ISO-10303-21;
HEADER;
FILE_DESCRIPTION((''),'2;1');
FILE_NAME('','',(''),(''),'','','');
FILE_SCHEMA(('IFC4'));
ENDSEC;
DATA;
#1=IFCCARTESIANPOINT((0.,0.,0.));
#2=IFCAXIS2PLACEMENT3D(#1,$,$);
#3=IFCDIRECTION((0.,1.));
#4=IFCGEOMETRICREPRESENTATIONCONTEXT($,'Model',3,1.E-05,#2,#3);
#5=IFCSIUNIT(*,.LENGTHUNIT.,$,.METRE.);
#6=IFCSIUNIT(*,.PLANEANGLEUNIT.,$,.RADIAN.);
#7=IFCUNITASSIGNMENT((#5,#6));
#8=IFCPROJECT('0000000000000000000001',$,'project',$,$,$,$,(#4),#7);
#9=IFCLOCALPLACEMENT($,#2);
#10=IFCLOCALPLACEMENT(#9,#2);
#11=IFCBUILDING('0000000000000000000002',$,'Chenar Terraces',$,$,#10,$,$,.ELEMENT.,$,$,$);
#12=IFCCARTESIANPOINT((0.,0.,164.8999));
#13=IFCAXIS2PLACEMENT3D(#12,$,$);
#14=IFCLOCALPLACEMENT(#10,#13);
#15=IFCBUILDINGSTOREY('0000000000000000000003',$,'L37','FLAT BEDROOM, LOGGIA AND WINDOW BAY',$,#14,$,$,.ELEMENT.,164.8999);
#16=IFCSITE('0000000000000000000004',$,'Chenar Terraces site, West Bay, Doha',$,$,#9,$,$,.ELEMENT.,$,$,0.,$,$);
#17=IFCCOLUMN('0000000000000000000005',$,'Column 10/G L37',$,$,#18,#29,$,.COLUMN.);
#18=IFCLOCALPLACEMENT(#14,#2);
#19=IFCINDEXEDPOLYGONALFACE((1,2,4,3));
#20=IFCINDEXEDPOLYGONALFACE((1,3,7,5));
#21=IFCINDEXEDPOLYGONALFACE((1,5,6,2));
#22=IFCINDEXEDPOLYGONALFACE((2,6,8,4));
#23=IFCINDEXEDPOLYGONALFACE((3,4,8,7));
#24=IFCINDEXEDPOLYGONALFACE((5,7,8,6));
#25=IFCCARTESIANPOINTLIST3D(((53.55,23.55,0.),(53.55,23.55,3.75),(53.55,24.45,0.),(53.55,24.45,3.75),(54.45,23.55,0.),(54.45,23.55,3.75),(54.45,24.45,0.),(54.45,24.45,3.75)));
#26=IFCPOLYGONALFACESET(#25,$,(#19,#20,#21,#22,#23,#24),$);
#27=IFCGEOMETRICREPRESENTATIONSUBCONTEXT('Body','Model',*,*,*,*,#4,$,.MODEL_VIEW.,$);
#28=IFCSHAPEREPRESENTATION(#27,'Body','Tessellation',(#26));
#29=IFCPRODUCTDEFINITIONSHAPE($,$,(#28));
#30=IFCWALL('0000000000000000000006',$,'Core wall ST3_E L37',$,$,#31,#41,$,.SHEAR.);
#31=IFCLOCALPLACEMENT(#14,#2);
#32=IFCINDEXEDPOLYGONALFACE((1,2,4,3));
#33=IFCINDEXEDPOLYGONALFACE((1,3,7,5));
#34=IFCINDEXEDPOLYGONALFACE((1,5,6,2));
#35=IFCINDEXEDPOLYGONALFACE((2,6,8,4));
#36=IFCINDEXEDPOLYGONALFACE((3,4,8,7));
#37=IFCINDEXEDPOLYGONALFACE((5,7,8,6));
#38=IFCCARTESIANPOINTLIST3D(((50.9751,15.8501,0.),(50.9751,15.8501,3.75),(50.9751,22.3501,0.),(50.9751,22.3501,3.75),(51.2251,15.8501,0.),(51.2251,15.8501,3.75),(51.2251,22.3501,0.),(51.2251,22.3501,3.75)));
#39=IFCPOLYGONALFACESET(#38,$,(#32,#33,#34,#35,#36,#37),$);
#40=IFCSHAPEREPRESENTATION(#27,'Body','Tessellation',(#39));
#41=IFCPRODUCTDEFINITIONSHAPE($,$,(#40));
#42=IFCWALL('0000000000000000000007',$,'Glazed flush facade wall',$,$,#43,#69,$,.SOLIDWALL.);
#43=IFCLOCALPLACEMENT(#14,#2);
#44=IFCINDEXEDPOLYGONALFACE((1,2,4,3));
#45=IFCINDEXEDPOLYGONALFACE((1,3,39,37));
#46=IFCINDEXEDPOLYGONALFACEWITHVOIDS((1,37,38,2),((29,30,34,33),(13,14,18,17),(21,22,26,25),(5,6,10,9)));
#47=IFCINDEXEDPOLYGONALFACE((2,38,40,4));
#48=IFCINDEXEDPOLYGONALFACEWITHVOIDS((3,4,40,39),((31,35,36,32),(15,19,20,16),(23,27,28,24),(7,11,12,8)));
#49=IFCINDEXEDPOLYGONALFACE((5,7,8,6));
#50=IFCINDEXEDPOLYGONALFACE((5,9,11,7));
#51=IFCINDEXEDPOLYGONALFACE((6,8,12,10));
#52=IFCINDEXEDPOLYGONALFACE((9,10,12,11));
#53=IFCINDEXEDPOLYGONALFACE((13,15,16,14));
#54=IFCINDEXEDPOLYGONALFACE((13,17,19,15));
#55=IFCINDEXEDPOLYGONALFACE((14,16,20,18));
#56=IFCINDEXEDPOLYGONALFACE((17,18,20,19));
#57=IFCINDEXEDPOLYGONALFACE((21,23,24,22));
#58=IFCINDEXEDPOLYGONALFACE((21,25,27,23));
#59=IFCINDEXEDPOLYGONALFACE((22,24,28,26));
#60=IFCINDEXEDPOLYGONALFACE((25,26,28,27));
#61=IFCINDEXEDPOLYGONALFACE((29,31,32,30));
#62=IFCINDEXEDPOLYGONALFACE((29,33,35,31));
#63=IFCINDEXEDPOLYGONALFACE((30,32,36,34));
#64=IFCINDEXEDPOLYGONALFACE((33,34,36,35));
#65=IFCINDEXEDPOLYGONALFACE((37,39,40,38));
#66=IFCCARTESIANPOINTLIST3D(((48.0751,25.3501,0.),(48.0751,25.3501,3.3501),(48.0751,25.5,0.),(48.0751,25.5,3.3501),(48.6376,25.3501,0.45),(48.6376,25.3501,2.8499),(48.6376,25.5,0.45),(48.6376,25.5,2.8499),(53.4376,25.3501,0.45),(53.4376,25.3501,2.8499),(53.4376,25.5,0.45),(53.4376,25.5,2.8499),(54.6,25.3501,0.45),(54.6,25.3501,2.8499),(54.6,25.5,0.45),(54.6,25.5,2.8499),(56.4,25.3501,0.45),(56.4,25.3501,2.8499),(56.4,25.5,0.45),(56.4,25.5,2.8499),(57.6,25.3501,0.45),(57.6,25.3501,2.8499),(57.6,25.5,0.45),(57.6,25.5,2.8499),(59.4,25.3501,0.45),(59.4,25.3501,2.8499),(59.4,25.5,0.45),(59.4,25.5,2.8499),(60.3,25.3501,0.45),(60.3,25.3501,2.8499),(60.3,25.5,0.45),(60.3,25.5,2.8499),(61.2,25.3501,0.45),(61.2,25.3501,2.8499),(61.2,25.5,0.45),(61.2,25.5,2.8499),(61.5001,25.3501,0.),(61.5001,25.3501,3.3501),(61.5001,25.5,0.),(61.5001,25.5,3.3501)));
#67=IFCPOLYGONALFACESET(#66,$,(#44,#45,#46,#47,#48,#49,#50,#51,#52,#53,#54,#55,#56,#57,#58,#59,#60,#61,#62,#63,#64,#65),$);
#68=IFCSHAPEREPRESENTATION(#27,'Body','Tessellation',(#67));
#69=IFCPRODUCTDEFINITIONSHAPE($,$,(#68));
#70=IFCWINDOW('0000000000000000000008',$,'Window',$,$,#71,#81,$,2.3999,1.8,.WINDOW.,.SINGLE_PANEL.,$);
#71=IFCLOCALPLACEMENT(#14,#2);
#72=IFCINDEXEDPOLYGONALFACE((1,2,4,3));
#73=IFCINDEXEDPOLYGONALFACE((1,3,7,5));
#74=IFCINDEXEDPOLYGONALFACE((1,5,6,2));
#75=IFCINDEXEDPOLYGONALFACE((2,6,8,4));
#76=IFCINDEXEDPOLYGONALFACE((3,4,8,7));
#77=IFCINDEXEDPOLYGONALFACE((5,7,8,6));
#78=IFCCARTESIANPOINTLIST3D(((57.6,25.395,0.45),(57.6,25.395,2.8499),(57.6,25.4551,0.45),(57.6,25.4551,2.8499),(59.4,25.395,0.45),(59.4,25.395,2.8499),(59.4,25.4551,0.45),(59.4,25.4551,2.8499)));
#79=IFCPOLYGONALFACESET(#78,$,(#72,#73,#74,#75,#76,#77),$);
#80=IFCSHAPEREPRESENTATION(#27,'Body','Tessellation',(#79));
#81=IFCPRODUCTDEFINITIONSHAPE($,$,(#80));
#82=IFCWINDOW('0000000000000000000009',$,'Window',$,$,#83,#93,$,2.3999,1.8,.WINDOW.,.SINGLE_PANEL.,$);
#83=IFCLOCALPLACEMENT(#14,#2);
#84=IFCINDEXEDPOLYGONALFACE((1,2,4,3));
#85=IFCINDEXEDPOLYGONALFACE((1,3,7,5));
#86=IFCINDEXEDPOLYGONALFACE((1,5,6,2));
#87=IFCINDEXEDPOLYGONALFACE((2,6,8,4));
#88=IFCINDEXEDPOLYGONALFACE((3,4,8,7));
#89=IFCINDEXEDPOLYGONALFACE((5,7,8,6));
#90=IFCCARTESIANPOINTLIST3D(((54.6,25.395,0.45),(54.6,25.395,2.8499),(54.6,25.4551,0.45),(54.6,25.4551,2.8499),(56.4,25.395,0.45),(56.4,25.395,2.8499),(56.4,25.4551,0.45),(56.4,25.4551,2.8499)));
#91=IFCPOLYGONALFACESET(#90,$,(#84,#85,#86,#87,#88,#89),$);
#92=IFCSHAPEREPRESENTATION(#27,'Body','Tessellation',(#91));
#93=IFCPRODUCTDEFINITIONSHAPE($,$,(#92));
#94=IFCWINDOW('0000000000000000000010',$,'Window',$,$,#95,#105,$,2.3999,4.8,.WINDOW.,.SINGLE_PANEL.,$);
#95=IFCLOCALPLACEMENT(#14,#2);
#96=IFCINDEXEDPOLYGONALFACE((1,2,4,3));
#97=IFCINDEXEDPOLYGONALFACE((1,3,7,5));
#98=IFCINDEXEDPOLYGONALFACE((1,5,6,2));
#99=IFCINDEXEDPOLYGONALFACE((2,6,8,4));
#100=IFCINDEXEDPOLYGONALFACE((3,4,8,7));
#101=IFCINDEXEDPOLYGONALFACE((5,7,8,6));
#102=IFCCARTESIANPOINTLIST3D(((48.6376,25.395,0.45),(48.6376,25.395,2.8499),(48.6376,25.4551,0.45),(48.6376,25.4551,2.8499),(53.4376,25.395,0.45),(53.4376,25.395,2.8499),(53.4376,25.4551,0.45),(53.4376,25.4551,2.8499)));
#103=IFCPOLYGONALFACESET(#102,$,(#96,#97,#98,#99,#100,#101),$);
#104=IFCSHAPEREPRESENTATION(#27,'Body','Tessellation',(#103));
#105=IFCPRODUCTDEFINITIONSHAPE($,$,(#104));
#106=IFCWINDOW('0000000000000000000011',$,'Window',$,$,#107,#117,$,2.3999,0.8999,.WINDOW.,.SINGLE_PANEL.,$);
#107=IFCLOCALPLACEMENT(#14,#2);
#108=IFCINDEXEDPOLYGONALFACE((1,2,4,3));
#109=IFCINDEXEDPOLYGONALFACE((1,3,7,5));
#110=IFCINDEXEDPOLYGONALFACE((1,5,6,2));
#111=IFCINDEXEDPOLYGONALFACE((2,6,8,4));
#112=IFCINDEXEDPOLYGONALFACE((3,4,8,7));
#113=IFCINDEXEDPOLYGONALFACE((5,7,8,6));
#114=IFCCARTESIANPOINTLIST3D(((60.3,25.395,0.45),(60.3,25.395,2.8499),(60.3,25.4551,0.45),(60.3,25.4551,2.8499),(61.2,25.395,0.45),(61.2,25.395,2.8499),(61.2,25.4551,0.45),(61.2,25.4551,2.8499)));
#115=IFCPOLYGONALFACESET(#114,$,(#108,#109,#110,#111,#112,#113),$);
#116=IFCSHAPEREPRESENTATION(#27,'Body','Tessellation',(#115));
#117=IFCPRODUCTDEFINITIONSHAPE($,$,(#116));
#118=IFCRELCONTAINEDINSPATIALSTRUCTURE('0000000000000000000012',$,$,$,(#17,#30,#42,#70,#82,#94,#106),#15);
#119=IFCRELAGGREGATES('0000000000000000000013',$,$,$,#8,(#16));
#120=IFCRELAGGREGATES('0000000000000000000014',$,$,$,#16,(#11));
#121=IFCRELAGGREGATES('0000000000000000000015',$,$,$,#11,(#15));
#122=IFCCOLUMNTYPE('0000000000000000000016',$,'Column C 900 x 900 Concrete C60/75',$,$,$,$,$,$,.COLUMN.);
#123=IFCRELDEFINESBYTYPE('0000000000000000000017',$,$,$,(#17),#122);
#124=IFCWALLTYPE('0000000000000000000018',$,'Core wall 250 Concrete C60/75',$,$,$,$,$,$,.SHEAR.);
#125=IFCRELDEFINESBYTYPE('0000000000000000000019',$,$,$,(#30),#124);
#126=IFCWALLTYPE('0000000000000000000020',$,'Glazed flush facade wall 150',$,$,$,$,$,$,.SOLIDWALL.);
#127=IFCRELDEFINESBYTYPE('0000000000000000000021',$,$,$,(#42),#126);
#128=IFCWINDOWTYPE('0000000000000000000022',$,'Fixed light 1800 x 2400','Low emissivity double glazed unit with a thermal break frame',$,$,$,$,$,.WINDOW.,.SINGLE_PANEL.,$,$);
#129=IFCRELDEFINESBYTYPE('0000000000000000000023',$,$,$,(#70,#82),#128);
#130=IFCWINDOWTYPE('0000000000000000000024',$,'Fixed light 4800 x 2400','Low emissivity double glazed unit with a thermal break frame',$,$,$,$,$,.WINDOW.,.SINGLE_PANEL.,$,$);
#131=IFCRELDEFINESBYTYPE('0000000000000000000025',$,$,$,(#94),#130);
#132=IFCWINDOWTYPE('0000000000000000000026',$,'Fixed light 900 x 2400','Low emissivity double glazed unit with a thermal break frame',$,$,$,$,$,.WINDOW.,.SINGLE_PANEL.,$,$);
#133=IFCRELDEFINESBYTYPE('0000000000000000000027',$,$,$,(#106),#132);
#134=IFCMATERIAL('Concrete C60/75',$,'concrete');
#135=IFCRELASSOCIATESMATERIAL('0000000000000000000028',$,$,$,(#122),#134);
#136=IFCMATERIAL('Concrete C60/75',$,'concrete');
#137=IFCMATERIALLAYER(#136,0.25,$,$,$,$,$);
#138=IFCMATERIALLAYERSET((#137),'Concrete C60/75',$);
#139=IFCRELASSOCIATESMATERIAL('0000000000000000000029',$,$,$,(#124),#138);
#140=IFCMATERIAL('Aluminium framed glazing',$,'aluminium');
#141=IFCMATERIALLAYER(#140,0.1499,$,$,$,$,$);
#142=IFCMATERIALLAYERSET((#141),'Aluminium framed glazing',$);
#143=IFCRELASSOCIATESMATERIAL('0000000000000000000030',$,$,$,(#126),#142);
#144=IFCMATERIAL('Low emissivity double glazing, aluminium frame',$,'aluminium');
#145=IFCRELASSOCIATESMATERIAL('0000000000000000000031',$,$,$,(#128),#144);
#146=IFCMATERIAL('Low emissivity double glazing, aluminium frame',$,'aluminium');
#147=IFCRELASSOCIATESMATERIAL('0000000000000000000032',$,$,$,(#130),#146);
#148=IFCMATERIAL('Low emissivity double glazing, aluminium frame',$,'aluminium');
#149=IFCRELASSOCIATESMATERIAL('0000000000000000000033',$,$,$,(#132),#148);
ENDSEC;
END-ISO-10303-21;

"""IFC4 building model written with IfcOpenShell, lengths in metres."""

from ifc_helpers import new_model, si_unit, direction, frame, frame_2d, origin, origin_2d, place, context, subcontext, project, spatial, rectangle, extrude, material, layer, layer_set, material_profile, profile_set, type_object, element, fill, save


model = new_model("IFC4")

# Units and contexts
model_context = context("Model", 3, precision=1e-05, world=origin(), true_north=direction((0.0, 1.0)))
body_context = subcontext(model_context, "Body", "Model", "MODEL_VIEW")
ifc_project = project(units=[si_unit("LENGTHUNIT", "METRE"), si_unit("PLANEANGLEUNIT", "RADIAN")], contexts=[model_context])

# Site, building, storey
site_placement = place(None, origin())
site = spatial("IfcSite", under=ifc_project, at=site_placement, Name="Chenar Terraces site, West Bay, Doha", CompositionType="ELEMENT", RefElevation=0.0)
building_placement = place(site_placement, origin())
building = spatial("IfcBuilding", under=site, at=building_placement, Name="Chenar Terraces", CompositionType="ELEMENT")
storey_placement = place(building_placement, frame((0.0, 0.0, 164.8999)))
storey = spatial("IfcBuildingStorey", under=building, at=storey_placement, Name="L37", Description="FLAT BEDROOM, LOGGIA AND WINDOW BAY", CompositionType="ELEMENT", Elevation=164.8999)

# Column
ifc_material_1 = material(Name="Concrete C60/75", Category="concrete")
ifc_material_profile_1 = material_profile(ifc_material_1, rectangle(XDim=0.8999, YDim=0.8999, at=origin_2d()), Name="C 900 x 900")
ifc_profile_set_1 = profile_set([ifc_material_profile_1], Name="Concrete C60/75")
column_type = type_object("IfcColumnType", Name="Column C 900 x 900 Concrete C60/75", PredefinedType="COLUMN", material=ifc_profile_set_1)
column_placement = place(storey_placement, frame((54.0, 24.0, 0.0), z_axis=(0.0, 0.0, 1.0), x_axis=(1.0, 0.0, 0.0)))
element("IfcColumn", 1, at=column_placement, inside=storey, type_object=column_type, Name="Column 10/G L37", PredefinedType="COLUMN", context=body_context, shape_type="SweptSolid", body=[
    extrude(rectangle(XDim=0.8999, YDim=0.8999, at=origin_2d()), origin(), (0.0, 0.0, 1.0), 3.75),
])

# Wall
ifc_material_2 = material(Name="Concrete C60/75", Category="concrete")
ifc_layer_1 = layer(ifc_material_2, 0.25)
ifc_layer_set_1 = layer_set([ifc_layer_1], Name="Concrete C60/75")
wall_type_1 = type_object("IfcWallType", Name="Core wall 250 Concrete C60/75", PredefinedType="SHEAR", material=ifc_layer_set_1)
wall_1_placement = place(storey_placement, frame((51.1001, 15.8501, 0.0), z_axis=(0.0, 0.0, 1.0), x_axis=(0.0, 1.0, 0.0)))
element("IfcWall", 2, at=wall_1_placement, inside=storey, type_object=wall_type_1, Name="Core wall ST3_E L37", PredefinedType="SHEAR", context=body_context, shape_type="SweptSolid", body=[
    extrude(rectangle(XDim=6.5, YDim=0.25, at=frame_2d((3.25, 0.0))), origin(), (0.0, 0.0, 1.0), 3.75),
])

# Wall, openings, windows
ifc_material_3 = material(Name="Aluminium framed glazing", Category="aluminium")
ifc_layer_2 = layer(ifc_material_3, 0.1499)
ifc_layer_set_2 = layer_set([ifc_layer_2], Name="Aluminium framed glazing")
wall_type_2 = type_object("IfcWallType", Name="Glazed flush facade wall 150", PredefinedType="SOLIDWALL", material=ifc_layer_set_2)
wall_2_placement = place(storey_placement, frame((61.5, 25.425, 0.0), z_axis=(0.0, 0.0, 1.0), x_axis=(-1.0, 0.0, 0.0)))
wall_2 = element("IfcWall", 3, at=wall_2_placement, inside=storey, type_object=wall_type_2, Name="Glazed flush facade wall", PredefinedType="SOLIDWALL", context=body_context, shape_type="SweptSolid", body=[
    extrude(rectangle(XDim=13.425, YDim=0.1499, at=frame_2d((6.7124, 0.0))), origin(), (0.0, 0.0, 1.0), 3.3501),
])
opening_1_placement = place(wall_2_placement, frame((0.3, 0.0, 0.45)))
opening_1 = element("IfcOpeningElement", 4, at=opening_1_placement, cuts=wall_2, PredefinedType="OPENING", context=body_context, shape_type="SweptSolid", body=[
    extrude(rectangle(XDim=0.8999, YDim=2.3999, at=frame_2d((0.45, 1.2))), frame((0.0, 0.085, 0.0), z_axis=(0.0, -1.0, 0.0), x_axis=(1.0, 0.0, 0.0)), (0.0, 0.0, 1.0), 0.1699),
])
opening_2_placement = place(wall_2_placement, frame((2.1001, 0.0, 0.45)))
opening_2 = element("IfcOpeningElement", 5, at=opening_2_placement, cuts=wall_2, PredefinedType="OPENING", context=body_context, shape_type="SweptSolid", body=[
    extrude(rectangle(XDim=1.8, YDim=2.3999, at=frame_2d((0.8999, 1.2))), frame((0.0, 0.085, 0.0), z_axis=(0.0, -1.0, 0.0), x_axis=(1.0, 0.0, 0.0)), (0.0, 0.0, 1.0), 0.1699),
])
opening_3_placement = place(wall_2_placement, frame((5.1001, 0.0, 0.45)))
opening_3 = element("IfcOpeningElement", 6, at=opening_3_placement, cuts=wall_2, PredefinedType="OPENING", context=body_context, shape_type="SweptSolid", body=[
    extrude(rectangle(XDim=1.8, YDim=2.3999, at=frame_2d((0.8999, 1.2))), frame((0.0, 0.085, 0.0), z_axis=(0.0, -1.0, 0.0), x_axis=(1.0, 0.0, 0.0)), (0.0, 0.0, 1.0), 0.1699),
])
opening_4_placement = place(wall_2_placement, frame((8.0625, 0.0, 0.45)))
opening_4 = element("IfcOpeningElement", 7, at=opening_4_placement, cuts=wall_2, PredefinedType="OPENING", context=body_context, shape_type="SweptSolid", body=[
    extrude(rectangle(XDim=4.8, YDim=2.3999, at=frame_2d((2.3999, 1.2))), frame((0.0, 0.085, 0.0), z_axis=(0.0, -1.0, 0.0), x_axis=(1.0, 0.0, 0.0)), (0.0, 0.0, 1.0), 0.1699),
])
ifc_material_4 = material(Name="Low emissivity double glazing, aluminium frame", Category="aluminium")
window_type_1 = type_object("IfcWindowType", Name="Fixed light 1800 x 2400", Description="Low emissivity double glazed unit with a thermal break frame", PartitioningType="SINGLE_PANEL", PredefinedType="WINDOW", material=ifc_material_4)
window_1_placement = place(opening_2_placement, origin())
window_1 = element("IfcWindow", 8, at=window_1_placement, inside=storey, type_object=window_type_1, Name="Window", OverallHeight=2.3999, OverallWidth=1.8, PartitioningType="SINGLE_PANEL", PredefinedType="WINDOW", context=body_context, shape_type="SweptSolid", body=[
    extrude(rectangle(XDim=1.8, YDim=2.3999, at=frame_2d((0.8999, 1.2))), frame((0.0, 0.03, 0.0), z_axis=(0.0, -1.0, 0.0), x_axis=(1.0, 0.0, 0.0)), (0.0, 0.0, 1.0), 0.0601),
])
fill(opening_2, window_1)
window_2_placement = place(opening_3_placement, origin())
window_2 = element("IfcWindow", 9, at=window_2_placement, inside=storey, type_object=window_type_1, Name="Window", OverallHeight=2.3999, OverallWidth=1.8, PartitioningType="SINGLE_PANEL", PredefinedType="WINDOW", context=body_context, shape_type="SweptSolid", body=[
    extrude(rectangle(XDim=1.8, YDim=2.3999, at=frame_2d((0.8999, 1.2))), frame((0.0, 0.03, 0.0), z_axis=(0.0, -1.0, 0.0), x_axis=(1.0, 0.0, 0.0)), (0.0, 0.0, 1.0), 0.0601),
])
fill(opening_3, window_2)
ifc_material_5 = material(Name="Low emissivity double glazing, aluminium frame", Category="aluminium")
window_type_2 = type_object("IfcWindowType", Name="Fixed light 4800 x 2400", Description="Low emissivity double glazed unit with a thermal break frame", PartitioningType="SINGLE_PANEL", PredefinedType="WINDOW", material=ifc_material_5)
window_3_placement = place(opening_4_placement, origin())
window_3 = element("IfcWindow", 10, at=window_3_placement, inside=storey, type_object=window_type_2, Name="Window", OverallHeight=2.3999, OverallWidth=4.8, PartitioningType="SINGLE_PANEL", PredefinedType="WINDOW", context=body_context, shape_type="SweptSolid", body=[
    extrude(rectangle(XDim=4.8, YDim=2.3999, at=frame_2d((2.3999, 1.2))), frame((0.0, 0.03, 0.0), z_axis=(0.0, -1.0, 0.0), x_axis=(1.0, 0.0, 0.0)), (0.0, 0.0, 1.0), 0.0601),
])
fill(opening_4, window_3)
ifc_material_6 = material(Name="Low emissivity double glazing, aluminium frame", Category="aluminium")
window_type_3 = type_object("IfcWindowType", Name="Fixed light 900 x 2400", Description="Low emissivity double glazed unit with a thermal break frame", PartitioningType="SINGLE_PANEL", PredefinedType="WINDOW", material=ifc_material_6)
window_4_placement = place(opening_1_placement, origin())
window_4 = element("IfcWindow", 11, at=window_4_placement, inside=storey, type_object=window_type_3, Name="Window", OverallHeight=2.3999, OverallWidth=0.8999, PartitioningType="SINGLE_PANEL", PredefinedType="WINDOW", context=body_context, shape_type="SweptSolid", body=[
    extrude(rectangle(XDim=0.8999, YDim=2.3999, at=frame_2d((0.45, 1.2))), frame((0.0, 0.03, 0.0), z_axis=(0.0, -1.0, 0.0), x_axis=(1.0, 0.0, 0.0)), (0.0, 0.0, 1.0), 0.0601),
])
fill(opening_1, window_4)

save(model, "model.ifc")
